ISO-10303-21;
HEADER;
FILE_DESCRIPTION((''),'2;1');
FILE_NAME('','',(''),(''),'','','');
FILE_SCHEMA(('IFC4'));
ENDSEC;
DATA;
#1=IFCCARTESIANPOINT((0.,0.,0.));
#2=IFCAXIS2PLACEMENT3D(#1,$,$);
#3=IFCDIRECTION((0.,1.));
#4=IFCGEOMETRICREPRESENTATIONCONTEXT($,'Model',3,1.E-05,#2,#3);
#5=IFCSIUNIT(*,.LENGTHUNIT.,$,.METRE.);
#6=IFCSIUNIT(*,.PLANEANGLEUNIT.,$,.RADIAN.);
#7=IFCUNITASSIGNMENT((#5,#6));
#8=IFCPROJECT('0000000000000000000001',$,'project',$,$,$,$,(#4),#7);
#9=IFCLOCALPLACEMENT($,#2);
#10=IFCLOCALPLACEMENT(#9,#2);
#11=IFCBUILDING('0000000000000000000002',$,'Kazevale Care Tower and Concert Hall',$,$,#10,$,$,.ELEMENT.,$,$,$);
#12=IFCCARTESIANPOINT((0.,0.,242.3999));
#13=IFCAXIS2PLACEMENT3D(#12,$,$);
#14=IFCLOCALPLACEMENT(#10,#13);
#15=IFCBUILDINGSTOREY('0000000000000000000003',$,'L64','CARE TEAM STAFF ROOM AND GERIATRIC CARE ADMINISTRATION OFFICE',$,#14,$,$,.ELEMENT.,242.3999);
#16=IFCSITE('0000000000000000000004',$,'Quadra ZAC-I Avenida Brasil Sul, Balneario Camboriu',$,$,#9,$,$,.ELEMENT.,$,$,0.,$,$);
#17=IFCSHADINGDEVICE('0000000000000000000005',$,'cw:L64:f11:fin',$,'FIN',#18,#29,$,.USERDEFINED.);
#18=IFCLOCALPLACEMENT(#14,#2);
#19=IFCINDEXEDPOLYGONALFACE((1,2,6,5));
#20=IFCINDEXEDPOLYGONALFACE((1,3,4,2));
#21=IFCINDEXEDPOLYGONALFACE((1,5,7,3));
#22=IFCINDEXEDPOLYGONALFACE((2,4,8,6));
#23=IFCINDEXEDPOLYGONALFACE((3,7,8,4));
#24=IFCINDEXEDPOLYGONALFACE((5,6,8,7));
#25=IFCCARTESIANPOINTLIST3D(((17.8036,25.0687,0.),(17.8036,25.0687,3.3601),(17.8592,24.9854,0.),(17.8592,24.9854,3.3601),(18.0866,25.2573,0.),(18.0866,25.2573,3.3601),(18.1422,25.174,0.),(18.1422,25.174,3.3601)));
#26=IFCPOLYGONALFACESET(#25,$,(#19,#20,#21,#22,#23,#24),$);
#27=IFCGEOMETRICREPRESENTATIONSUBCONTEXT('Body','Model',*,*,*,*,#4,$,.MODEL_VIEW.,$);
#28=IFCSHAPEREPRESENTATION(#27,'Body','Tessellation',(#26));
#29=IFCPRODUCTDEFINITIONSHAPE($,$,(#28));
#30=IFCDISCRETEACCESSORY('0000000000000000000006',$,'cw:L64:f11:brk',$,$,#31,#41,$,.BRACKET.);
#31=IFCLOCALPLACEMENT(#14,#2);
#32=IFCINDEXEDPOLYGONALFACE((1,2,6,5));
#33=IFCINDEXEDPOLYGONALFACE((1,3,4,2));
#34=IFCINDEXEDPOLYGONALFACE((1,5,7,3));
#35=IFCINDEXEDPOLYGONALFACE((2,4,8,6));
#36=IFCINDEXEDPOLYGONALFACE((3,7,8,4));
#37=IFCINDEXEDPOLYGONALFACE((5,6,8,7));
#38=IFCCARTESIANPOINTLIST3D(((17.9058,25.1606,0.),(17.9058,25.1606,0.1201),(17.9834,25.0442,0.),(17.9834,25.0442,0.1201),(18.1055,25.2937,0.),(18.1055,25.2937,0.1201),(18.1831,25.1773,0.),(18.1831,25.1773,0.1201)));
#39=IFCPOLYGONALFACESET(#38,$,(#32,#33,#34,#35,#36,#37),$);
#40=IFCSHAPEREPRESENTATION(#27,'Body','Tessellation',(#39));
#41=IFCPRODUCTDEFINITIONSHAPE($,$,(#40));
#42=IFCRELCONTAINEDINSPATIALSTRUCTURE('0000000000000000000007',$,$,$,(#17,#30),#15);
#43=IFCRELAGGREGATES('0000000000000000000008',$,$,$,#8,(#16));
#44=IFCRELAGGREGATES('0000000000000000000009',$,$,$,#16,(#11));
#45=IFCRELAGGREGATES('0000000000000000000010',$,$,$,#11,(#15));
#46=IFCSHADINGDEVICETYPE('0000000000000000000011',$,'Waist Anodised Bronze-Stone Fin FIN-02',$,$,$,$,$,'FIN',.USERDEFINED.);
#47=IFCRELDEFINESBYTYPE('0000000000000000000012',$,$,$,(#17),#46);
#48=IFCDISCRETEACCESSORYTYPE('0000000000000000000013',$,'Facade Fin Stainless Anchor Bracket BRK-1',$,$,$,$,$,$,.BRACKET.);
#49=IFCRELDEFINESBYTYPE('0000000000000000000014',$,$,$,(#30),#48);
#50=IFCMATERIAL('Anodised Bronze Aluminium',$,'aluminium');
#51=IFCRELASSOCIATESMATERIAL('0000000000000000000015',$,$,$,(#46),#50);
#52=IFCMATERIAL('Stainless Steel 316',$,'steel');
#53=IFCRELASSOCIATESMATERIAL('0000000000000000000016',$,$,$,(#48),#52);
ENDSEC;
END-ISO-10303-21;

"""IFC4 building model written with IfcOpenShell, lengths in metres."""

from ifc_helpers import new_model, si_unit, direction, frame, origin, origin_2d, place, context, subcontext, project, spatial, rectangle, extrude, material, type_object, element, save


model = new_model("IFC4")

# Units and contexts
model_context = context("Model", 3, precision=1e-05, world=origin(), true_north=direction((0.0, 1.0)))
body_context = subcontext(model_context, "Body", "Model", "MODEL_VIEW")
ifc_project = project(units=[si_unit("LENGTHUNIT", "METRE"), si_unit("PLANEANGLEUNIT", "RADIAN")], contexts=[model_context])

# Site, building, storey
site_placement = place(None, origin())
site = spatial("IfcSite", under=ifc_project, at=site_placement, Name="Quadra ZAC-I Avenida Brasil Sul, Balneario Camboriu", CompositionType="ELEMENT", RefElevation=0.0)
building_placement = place(site_placement, origin())
building = spatial("IfcBuilding", under=site, at=building_placement, Name="Kazevale Care Tower and Concert Hall", CompositionType="ELEMENT")
storey_placement = place(building_placement, frame((0.0, 0.0, 242.3999)))
storey = spatial("IfcBuildingStorey", under=building, at=storey_placement, Name="L64", Description="CARE TEAM STAFF ROOM AND GERIATRIC CARE ADMINISTRATION OFFICE", CompositionType="ELEMENT", Elevation=242.3999)

# Shared definitions
ifc_material_1 = material(Name="Stainless Steel 316", Category="steel")

# Shading device
ifc_material_2 = material(Name="Anodised Bronze Aluminium", Category="aluminium")
shading_device_type = type_object("IfcShadingDeviceType", Name="Waist Anodised Bronze-Stone Fin FIN-02", ElementType="FIN", PredefinedType="USERDEFINED", material=ifc_material_2)
shading_device_placement = place(storey_placement, frame((17.9729, 25.1213, 0.0), z_axis=(0.0, 0.0, 1.0), x_axis=(-0.832148, -0.554554, 0.0)))
element("IfcShadingDevice", 1, at=shading_device_placement, inside=storey, type_object=shading_device_type, Name="cw:L64:f11:fin", ObjectType="FIN", PredefinedType="USERDEFINED", context=body_context, shape_type="SweptSolid", body=[
    extrude(rectangle(XDim=0.3401, YDim=0.1001, at=origin_2d()), origin(), (0.0, 0.0, 1.0), 3.3601),
])

# Discrete accessory
discrete_accessory_type = type_object("IfcDiscreteAccessoryType", Name="Facade Fin Stainless Anchor Bracket BRK-1", PredefinedType="BRACKET", material=ifc_material_1)
discrete_accessory_placement = place(storey_placement, frame((18.0444, 25.1689, 0.0), z_axis=(0.0, 0.0, 1.0), x_axis=(-0.832148, -0.554554, 0.0)))
element("IfcDiscreteAccessory", 2, at=discrete_accessory_placement, inside=storey, type_object=discrete_accessory_type, Name="cw:L64:f11:brk", PredefinedType="BRACKET", context=body_context, shape_type="SweptSolid", body=[
    extrude(rectangle(XDim=0.24, YDim=0.1399, at=origin_2d()), origin(), (0.0, 0.0, 1.0), 0.1201),
])

save(model, "model.ifc")
